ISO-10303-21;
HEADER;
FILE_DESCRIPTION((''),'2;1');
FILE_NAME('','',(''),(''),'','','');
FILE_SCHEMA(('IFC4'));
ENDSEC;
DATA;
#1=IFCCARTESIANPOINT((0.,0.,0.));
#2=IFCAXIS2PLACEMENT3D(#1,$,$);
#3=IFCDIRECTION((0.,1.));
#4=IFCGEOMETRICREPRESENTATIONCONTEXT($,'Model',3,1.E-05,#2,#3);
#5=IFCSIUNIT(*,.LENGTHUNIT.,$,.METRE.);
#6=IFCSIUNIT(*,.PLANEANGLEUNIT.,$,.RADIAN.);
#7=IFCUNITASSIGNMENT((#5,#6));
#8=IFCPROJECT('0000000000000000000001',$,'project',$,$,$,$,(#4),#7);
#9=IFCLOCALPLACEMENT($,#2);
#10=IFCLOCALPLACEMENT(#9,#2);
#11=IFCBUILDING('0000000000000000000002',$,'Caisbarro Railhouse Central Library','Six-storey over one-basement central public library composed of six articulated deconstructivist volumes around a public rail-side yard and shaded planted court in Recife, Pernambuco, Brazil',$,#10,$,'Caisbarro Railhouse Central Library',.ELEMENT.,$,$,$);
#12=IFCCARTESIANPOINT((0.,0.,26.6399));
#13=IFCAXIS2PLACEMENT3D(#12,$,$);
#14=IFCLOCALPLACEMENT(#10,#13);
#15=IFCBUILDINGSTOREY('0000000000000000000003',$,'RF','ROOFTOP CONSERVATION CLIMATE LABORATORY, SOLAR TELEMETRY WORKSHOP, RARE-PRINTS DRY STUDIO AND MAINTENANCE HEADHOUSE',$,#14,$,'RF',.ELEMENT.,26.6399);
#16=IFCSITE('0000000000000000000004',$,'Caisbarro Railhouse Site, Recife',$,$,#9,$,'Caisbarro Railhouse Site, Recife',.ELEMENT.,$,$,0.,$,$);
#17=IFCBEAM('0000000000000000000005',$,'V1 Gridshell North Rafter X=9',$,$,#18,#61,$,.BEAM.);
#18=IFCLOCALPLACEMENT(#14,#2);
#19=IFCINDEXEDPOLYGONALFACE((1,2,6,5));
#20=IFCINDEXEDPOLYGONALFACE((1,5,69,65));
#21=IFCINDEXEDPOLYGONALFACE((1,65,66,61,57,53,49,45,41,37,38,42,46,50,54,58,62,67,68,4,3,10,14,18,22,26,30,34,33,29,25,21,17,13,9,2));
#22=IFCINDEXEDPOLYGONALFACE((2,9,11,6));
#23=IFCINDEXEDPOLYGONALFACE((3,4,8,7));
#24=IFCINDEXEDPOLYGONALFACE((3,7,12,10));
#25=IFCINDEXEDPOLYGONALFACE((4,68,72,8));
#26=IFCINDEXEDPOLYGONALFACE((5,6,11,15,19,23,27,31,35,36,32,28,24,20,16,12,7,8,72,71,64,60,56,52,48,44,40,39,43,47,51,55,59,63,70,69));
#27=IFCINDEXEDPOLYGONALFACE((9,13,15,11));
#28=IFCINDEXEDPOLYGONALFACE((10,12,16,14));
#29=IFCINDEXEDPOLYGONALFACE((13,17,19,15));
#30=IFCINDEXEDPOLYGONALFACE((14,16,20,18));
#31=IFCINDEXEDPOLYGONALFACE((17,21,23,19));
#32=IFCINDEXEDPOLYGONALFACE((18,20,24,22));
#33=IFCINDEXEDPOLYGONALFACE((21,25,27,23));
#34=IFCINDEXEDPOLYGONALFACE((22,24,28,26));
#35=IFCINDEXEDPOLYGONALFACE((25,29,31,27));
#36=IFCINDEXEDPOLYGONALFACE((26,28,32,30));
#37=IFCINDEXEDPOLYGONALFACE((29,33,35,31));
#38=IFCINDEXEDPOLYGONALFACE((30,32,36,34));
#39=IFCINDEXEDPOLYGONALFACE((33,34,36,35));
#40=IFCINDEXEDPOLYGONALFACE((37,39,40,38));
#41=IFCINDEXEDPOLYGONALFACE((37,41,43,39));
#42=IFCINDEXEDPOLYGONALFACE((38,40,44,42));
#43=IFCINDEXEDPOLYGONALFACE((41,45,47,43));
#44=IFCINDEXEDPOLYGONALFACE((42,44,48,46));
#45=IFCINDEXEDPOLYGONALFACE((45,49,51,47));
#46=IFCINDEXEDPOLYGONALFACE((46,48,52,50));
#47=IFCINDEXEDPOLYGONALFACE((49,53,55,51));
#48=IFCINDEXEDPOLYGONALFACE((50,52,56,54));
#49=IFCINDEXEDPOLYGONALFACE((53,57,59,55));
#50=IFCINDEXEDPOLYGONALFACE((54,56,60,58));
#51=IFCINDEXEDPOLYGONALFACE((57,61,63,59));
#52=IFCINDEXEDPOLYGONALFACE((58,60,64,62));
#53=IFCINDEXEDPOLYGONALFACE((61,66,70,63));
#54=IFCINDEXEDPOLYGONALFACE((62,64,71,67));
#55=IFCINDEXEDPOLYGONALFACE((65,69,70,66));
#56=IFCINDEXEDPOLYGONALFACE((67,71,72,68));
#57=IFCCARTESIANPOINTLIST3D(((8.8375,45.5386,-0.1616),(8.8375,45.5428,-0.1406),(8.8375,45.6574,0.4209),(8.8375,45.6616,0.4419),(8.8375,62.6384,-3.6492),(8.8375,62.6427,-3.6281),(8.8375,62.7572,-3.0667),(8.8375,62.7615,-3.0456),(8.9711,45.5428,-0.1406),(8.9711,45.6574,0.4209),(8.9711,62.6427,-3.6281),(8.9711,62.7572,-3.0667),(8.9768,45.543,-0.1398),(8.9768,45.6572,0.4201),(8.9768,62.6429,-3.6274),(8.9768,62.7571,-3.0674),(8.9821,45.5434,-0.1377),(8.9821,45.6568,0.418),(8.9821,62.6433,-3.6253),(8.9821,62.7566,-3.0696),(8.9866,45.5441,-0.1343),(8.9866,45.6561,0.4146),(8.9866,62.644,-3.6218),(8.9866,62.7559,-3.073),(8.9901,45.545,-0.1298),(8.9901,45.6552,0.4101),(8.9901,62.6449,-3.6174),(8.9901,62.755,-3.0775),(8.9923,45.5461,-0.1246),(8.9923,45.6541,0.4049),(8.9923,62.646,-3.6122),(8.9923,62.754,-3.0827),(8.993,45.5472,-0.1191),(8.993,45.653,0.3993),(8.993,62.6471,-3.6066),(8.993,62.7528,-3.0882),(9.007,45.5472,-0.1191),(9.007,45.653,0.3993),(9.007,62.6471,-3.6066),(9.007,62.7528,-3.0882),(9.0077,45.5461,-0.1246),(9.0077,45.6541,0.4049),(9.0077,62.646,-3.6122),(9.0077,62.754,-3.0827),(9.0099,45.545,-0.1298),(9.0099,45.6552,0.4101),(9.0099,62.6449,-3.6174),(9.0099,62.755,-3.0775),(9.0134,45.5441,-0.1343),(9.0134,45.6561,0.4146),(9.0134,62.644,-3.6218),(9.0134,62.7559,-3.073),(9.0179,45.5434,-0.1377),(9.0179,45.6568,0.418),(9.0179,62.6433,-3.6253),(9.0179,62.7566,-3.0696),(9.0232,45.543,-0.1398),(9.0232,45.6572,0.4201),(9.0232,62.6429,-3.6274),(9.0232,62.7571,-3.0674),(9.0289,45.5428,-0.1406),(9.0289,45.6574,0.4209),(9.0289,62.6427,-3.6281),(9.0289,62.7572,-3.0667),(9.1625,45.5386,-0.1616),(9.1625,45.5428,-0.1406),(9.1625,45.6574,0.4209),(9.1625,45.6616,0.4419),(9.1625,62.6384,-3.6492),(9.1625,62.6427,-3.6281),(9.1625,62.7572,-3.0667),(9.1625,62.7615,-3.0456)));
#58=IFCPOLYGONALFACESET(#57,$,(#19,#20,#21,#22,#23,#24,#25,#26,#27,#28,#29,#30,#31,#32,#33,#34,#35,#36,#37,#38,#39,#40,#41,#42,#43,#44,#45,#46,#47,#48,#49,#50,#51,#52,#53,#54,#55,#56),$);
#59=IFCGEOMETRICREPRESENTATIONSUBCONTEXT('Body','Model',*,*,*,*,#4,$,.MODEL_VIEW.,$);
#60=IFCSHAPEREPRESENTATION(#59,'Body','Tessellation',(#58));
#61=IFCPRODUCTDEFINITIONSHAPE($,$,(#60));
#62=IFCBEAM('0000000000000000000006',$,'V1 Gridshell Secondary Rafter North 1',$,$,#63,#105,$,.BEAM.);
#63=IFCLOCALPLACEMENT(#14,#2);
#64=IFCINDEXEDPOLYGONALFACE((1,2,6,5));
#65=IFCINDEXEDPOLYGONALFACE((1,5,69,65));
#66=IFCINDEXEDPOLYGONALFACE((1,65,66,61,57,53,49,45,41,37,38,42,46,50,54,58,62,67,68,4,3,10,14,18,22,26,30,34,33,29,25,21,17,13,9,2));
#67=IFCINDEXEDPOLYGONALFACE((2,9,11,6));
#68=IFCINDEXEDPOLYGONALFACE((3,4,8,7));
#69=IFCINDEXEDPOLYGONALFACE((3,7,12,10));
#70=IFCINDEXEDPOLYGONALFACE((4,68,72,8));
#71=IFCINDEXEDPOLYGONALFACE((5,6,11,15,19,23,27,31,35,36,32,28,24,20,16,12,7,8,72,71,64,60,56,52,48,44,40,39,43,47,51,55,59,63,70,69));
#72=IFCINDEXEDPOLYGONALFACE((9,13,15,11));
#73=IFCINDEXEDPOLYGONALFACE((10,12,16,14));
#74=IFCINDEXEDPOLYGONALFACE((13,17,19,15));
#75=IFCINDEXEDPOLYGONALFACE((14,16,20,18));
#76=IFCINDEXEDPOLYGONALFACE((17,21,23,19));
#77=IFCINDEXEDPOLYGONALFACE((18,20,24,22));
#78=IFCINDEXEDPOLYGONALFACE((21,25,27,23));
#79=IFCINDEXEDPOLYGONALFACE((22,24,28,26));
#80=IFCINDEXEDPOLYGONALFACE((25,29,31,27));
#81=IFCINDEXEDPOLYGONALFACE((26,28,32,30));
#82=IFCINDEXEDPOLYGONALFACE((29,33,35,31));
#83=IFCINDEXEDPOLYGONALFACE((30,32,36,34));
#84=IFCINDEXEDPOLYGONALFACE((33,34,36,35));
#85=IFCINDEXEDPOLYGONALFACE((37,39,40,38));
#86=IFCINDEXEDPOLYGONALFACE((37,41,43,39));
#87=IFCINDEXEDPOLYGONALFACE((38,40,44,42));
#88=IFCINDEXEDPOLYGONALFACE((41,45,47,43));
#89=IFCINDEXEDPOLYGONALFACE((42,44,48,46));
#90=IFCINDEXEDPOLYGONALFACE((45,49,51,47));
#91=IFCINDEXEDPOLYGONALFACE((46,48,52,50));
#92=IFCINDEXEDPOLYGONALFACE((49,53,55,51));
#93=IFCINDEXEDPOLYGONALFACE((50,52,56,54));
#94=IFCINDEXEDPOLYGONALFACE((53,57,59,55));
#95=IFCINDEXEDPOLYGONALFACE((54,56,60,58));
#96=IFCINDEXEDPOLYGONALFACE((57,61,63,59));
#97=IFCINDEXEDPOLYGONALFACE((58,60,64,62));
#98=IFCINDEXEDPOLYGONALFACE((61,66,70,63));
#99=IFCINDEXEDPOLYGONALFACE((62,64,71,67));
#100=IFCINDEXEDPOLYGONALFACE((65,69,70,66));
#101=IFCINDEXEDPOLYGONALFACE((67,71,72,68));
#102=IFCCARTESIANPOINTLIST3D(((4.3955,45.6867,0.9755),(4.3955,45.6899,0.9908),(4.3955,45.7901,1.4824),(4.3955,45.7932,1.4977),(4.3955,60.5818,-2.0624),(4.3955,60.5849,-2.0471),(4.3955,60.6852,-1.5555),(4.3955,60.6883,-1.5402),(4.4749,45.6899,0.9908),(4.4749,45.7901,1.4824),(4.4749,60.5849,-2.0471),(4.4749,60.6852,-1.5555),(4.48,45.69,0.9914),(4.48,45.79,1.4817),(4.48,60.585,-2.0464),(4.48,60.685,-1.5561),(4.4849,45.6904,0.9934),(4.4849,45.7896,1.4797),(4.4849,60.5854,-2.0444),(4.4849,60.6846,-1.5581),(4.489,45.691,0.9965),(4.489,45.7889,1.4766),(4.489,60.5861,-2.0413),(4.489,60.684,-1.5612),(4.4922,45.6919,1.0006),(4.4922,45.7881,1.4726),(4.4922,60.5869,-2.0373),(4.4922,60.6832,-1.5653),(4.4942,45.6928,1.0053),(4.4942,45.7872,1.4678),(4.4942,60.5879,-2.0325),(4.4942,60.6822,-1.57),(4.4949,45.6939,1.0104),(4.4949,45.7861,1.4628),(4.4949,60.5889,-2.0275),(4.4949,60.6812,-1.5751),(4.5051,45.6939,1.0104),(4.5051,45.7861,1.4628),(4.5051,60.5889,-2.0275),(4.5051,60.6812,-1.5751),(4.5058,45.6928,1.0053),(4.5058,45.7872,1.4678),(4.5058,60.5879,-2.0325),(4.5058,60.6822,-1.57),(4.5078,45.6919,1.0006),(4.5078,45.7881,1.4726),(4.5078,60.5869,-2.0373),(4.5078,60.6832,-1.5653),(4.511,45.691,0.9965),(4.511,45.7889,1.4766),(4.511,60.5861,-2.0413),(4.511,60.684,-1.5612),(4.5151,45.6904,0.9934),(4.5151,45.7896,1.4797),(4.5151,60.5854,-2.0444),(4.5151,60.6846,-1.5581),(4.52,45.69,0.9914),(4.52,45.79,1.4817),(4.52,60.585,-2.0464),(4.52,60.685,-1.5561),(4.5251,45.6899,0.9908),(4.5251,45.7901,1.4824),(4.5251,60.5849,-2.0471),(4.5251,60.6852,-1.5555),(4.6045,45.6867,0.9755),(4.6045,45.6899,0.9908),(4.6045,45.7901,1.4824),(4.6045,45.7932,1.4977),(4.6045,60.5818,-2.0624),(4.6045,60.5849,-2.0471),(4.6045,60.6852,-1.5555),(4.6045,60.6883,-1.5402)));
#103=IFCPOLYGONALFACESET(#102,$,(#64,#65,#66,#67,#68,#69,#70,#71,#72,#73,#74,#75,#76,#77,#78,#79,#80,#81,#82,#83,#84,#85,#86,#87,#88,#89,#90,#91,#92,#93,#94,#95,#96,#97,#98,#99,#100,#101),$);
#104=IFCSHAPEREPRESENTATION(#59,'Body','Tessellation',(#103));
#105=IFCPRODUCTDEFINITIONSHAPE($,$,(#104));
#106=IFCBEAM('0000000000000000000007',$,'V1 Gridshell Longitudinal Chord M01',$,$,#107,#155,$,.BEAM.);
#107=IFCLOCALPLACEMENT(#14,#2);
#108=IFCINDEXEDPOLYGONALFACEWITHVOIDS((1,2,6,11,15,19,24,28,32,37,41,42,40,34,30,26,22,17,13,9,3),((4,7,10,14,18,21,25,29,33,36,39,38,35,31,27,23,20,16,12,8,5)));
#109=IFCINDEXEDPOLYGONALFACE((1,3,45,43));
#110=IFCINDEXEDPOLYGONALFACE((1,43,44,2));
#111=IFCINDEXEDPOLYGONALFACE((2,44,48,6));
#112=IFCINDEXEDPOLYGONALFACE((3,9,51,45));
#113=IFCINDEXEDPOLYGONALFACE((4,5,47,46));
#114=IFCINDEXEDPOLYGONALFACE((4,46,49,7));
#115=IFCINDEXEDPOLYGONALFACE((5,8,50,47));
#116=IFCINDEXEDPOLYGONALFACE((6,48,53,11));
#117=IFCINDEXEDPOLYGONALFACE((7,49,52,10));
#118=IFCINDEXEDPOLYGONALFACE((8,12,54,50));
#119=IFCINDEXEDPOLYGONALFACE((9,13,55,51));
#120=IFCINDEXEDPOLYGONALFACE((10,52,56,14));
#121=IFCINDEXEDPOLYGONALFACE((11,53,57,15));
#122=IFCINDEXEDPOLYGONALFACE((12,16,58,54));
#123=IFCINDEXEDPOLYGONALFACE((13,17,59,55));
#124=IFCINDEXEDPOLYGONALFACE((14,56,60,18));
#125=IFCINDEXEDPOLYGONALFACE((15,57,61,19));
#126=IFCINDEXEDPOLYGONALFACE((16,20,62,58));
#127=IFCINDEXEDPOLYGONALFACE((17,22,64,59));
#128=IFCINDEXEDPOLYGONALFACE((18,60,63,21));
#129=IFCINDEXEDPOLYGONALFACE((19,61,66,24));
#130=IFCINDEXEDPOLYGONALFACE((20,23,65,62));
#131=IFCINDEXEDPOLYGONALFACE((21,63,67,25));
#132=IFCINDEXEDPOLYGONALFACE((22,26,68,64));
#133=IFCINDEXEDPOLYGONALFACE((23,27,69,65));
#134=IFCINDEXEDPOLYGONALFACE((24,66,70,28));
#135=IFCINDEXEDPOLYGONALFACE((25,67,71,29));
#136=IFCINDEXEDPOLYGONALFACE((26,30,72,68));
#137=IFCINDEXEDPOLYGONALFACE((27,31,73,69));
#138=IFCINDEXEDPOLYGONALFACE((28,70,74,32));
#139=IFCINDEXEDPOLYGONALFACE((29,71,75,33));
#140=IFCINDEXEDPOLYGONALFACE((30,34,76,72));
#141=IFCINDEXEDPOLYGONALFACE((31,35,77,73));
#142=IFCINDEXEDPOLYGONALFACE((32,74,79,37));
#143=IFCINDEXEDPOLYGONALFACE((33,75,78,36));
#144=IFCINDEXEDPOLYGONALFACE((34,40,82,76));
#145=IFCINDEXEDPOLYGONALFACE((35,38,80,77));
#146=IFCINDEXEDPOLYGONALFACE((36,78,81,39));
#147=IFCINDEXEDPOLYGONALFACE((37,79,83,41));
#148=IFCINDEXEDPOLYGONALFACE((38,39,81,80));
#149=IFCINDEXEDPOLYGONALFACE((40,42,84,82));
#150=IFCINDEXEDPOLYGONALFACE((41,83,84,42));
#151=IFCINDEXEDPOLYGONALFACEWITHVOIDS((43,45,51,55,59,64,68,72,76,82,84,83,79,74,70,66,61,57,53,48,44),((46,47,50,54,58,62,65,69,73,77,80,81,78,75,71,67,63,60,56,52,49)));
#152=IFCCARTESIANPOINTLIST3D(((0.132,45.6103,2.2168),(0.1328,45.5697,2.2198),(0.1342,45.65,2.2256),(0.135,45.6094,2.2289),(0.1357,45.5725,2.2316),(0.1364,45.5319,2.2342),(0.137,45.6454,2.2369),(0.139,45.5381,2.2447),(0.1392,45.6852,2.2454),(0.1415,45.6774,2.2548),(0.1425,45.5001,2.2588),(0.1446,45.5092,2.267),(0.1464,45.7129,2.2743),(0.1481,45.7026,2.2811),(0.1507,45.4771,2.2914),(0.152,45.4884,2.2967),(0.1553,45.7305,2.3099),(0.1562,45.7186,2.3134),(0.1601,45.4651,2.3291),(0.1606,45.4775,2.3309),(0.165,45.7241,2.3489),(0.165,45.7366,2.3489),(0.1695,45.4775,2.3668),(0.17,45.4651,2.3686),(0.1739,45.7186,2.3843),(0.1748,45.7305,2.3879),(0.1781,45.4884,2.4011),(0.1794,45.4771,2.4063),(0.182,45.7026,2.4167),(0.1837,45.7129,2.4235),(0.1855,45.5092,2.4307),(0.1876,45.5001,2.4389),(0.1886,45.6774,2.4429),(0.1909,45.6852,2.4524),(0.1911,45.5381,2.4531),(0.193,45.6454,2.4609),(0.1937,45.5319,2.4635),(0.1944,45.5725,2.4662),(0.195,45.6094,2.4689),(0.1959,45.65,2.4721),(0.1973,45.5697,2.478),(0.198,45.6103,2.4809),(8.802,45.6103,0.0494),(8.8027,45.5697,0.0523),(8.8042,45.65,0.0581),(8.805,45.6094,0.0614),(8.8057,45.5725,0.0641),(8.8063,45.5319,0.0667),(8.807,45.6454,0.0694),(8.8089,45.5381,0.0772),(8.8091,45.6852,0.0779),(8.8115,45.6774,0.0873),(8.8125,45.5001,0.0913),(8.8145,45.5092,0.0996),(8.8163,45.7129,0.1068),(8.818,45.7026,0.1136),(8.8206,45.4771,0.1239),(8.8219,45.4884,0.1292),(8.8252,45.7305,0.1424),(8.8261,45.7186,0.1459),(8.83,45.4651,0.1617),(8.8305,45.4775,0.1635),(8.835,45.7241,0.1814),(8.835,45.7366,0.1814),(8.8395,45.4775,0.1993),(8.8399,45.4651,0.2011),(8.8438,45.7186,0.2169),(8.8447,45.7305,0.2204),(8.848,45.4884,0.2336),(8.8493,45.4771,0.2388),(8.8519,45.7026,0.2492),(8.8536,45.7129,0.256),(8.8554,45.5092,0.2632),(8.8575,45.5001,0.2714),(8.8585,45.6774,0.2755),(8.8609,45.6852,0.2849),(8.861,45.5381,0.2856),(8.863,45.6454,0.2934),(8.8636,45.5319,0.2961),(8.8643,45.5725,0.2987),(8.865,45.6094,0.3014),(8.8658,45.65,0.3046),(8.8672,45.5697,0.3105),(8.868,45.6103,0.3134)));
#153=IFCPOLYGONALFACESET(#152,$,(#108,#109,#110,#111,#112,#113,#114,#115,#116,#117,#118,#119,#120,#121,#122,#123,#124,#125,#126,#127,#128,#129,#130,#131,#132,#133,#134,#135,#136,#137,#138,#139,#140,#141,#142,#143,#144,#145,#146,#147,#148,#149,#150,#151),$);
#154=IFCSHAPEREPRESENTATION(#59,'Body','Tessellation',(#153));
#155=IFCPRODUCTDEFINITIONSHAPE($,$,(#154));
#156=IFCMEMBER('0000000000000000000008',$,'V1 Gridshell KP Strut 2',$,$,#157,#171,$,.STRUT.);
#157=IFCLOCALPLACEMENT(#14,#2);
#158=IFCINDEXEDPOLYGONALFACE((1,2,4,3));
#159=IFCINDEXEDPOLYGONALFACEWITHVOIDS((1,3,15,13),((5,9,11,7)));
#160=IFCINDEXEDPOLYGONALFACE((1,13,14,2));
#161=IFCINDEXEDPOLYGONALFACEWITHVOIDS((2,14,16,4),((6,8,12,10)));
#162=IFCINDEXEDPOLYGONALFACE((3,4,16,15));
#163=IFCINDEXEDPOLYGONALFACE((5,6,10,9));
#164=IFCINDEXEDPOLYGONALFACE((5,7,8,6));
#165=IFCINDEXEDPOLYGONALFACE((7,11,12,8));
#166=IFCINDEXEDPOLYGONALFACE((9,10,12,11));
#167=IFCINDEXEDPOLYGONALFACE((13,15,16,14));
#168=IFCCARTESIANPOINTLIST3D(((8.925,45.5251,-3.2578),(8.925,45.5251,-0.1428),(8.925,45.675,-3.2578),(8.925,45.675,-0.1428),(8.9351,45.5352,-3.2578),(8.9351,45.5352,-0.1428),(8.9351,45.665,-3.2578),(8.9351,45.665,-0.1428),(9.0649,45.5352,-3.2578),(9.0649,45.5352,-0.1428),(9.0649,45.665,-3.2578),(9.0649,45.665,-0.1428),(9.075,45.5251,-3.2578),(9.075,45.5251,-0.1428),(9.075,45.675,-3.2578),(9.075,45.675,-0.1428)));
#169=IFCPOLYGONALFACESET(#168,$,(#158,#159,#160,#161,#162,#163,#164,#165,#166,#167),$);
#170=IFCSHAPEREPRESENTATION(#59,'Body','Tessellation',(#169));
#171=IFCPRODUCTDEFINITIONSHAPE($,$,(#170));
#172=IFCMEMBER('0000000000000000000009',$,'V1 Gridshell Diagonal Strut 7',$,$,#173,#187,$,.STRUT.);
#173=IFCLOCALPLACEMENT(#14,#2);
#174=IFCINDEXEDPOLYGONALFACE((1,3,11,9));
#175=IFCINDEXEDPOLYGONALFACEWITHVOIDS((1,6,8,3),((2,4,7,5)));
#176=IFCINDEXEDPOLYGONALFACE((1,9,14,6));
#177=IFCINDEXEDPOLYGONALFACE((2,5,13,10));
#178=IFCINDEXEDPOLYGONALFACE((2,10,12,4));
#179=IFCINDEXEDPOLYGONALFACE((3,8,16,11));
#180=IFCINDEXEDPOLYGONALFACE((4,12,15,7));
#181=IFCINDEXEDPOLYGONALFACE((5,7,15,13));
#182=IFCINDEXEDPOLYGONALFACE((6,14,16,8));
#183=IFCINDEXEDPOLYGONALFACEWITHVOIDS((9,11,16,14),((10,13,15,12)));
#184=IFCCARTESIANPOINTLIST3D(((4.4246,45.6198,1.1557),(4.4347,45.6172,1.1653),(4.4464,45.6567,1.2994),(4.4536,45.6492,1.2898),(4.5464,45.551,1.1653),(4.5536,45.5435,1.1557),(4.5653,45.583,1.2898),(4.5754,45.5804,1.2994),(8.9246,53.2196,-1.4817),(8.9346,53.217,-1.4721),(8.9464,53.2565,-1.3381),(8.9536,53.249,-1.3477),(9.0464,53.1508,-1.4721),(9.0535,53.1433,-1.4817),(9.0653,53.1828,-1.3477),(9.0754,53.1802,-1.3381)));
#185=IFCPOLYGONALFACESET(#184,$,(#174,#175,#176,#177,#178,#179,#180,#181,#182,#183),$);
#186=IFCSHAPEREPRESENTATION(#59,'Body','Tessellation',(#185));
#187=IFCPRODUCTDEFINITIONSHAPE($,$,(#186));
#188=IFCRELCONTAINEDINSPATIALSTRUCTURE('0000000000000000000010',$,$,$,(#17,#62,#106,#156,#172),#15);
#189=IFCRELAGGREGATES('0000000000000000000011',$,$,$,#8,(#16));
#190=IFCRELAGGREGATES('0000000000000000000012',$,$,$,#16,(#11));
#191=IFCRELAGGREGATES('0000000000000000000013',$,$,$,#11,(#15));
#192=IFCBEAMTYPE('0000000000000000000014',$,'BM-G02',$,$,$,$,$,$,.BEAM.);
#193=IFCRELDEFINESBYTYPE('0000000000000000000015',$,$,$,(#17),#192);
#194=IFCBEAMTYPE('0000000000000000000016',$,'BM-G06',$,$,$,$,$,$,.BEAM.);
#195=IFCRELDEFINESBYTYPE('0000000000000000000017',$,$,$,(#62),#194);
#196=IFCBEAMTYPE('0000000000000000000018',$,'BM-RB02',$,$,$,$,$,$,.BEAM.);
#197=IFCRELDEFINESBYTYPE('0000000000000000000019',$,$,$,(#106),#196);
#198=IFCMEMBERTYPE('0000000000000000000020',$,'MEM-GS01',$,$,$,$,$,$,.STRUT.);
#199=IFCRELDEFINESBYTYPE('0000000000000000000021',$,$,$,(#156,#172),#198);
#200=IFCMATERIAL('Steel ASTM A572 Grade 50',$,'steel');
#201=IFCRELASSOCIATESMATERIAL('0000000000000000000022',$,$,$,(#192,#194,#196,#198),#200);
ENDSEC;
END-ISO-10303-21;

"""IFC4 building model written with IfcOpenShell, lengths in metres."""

from ifc_helpers import new_model, si_unit, direction, frame, origin, origin_2d, place, context, subcontext, project, spatial, hollow_rectangle, hollow_circle, i_section, extrude, material, material_profile, profile_set, type_object, element, save


model = new_model("IFC4")

# Units and contexts
model_context = context("Model", 3, precision=1e-05, world=origin(), true_north=direction((0.0, 1.0)))
body_context = subcontext(model_context, "Body", "Model", "MODEL_VIEW")
ifc_project = project(units=[si_unit("LENGTHUNIT", "METRE"), si_unit("PLANEANGLEUNIT", "RADIAN")], contexts=[model_context])

# Site, building, storey
site_placement = place(None, origin())
site = spatial("IfcSite", under=ifc_project, at=site_placement, Name="Caisbarro Railhouse Site, Recife", LongName="Caisbarro Railhouse Site, Recife", CompositionType="ELEMENT", RefElevation=0.0)
building_placement = place(site_placement, origin())
building = spatial("IfcBuilding", under=site, at=building_placement, Name="Caisbarro Railhouse Central Library", Description="Six-storey over one-basement central public library composed of six articulated deconstructivist volumes around a public rail-side yard and shaded planted court in Recife, Pernambuco, Brazil", LongName="Caisbarro Railhouse Central Library", CompositionType="ELEMENT")
storey_placement = place(building_placement, frame((0.0, 0.0, 26.6399)))
storey = spatial("IfcBuildingStorey", under=building, at=storey_placement, Name="RF", Description="ROOFTOP CONSERVATION CLIMATE LABORATORY, SOLAR TELEMETRY WORKSHOP, RARE-PRINTS DRY STUDIO AND MAINTENANCE HEADHOUSE", LongName="RF", CompositionType="ELEMENT", Elevation=26.6399)

# Beams
ifc_material_1 = material(Name="Steel ASTM A572 Grade 50", Category="steel")
ifc_material_profile_1 = material_profile(ifc_material_1, i_section(OverallWidth=0.325, OverallDepth=0.616, WebThickness=0.0139, FlangeThickness=0.0215, FilletRadius=0.022, at=origin_2d()), Name="W610X174.0")
ifc_profile_set_1 = profile_set([ifc_material_profile_1], Name="Steel ASTM A572 Grade 50")
beam_type_1 = type_object("IfcBeamType", Name="BM-G02", PredefinedType="BEAM", material=ifc_profile_set_1)
beam_1_placement = place(storey_placement, frame((9.0, 45.6001, 0.1401), z_axis=(0.0, 0.979829, -0.199838), x_axis=(-1.0, 0.0, 0.0)))
element("IfcBeam", 1, at=beam_1_placement, inside=storey, type_object=beam_type_1, Name="V1 Gridshell North Rafter X=9", PredefinedType="BEAM", context=body_context, shape_type="SweptSolid", body=[
    extrude(i_section(OverallWidth=0.325, OverallDepth=0.616, WebThickness=0.0139, FlangeThickness=0.0215, FilletRadius=0.022, at=origin_2d()), origin(), (0.0, 0.0, 1.0), 17.4519),
])
ifc_material_profile_2 = material_profile(ifc_material_1, i_section(OverallWidth=0.209, OverallDepth=0.533, WebThickness=0.0103, FlangeThickness=0.0156, FilletRadius=0.02, at=origin_2d()), Name="W530X92.0")
ifc_profile_set_2 = profile_set([ifc_material_profile_2], Name="Steel ASTM A572 Grade 50")
beam_type_2 = type_object("IfcBeamType", Name="BM-G06", PredefinedType="BEAM", material=ifc_profile_set_2)
beam_2_placement = place(storey_placement, frame((4.5, 45.74, 1.2366), z_axis=(0.0, 0.979829, -0.199836), x_axis=(-1.0, 0.0, 0.0)))
element("IfcBeam", 2, at=beam_2_placement, inside=storey, type_object=beam_type_2, Name="V1 Gridshell Secondary Rafter North 1", PredefinedType="BEAM", context=body_context, shape_type="SweptSolid", body=[
    extrude(i_section(OverallWidth=0.209, OverallDepth=0.533, WebThickness=0.0103, FlangeThickness=0.0156, FilletRadius=0.02, at=origin_2d()), origin(), (0.0, 0.0, 1.0), 15.2017),
])
ifc_material_profile_3 = material_profile(ifc_material_1, hollow_circle(Radius=0.1365, WallThickness=0.0125, at=origin_2d()), Name="CHS273.0X12.5")
ifc_profile_set_3 = profile_set([ifc_material_profile_3], Name="Steel ASTM A572 Grade 50")
beam_type_3 = type_object("IfcBeamType", Name="BM-RB02", PredefinedType="BEAM", material=ifc_profile_set_3)
beam_3_placement = place(storey_placement, frame((0.165, 45.6001, 2.3489), z_axis=(0.970143, 0.0, -0.242536), x_axis=(0.0, 1.0, 0.0)))
element("IfcBeam", 3, at=beam_3_placement, inside=storey, type_object=beam_type_3, Name="V1 Gridshell Longitudinal Chord M01", PredefinedType="BEAM", context=body_context, shape_type="SweptSolid", body=[
    extrude(hollow_circle(Radius=0.1365, WallThickness=0.0125, at=origin_2d()), origin(), (0.0, 0.0, 1.0), 8.9368),
])

# Members
ifc_material_profile_4 = material_profile(ifc_material_1, hollow_rectangle(XDim=0.1499, YDim=0.1499, WallThickness=0.01, at=origin_2d()), Name="HSS150X150X10")
ifc_profile_set_4 = profile_set([ifc_material_profile_4], Name="Steel ASTM A572 Grade 50")
member_type = type_object("IfcMemberType", Name="MEM-GS01", PredefinedType="STRUT", material=ifc_profile_set_4)
member_1_placement = place(storey_placement, frame((9.0, 45.6001, -3.2578), z_axis=(0.0, 0.0, 1.0), x_axis=(1.0, 0.0, 0.0)))
element("IfcMember", 4, at=member_1_placement, inside=storey, type_object=member_type, Name="V1 Gridshell KP Strut 2", PredefinedType="STRUT", context=body_context, shape_type="SweptSolid", body=[
    extrude(hollow_rectangle(XDim=0.1499, YDim=0.1499, WallThickness=0.01, at=origin_2d()), origin(), (0.0, 0.0, 1.0), 3.115),
])
member_2_placement = place(storey_placement, frame((4.5, 45.6001, 1.2275), z_axis=(0.488197, 0.824495, -0.286132), x_axis=(-0.860471, 0.509499, 0.0)))
element("IfcMember", 5, at=member_2_placement, inside=storey, type_object=member_type, Name="V1 Gridshell Diagonal Strut 7", PredefinedType="STRUT", context=body_context, shape_type="SweptSolid", body=[
    extrude(hollow_rectangle(XDim=0.1499, YDim=0.1499, WallThickness=0.01, at=origin_2d()), origin(), (0.0, 0.0, 1.0), 9.2175),
])

save(model, "model.ifc")
